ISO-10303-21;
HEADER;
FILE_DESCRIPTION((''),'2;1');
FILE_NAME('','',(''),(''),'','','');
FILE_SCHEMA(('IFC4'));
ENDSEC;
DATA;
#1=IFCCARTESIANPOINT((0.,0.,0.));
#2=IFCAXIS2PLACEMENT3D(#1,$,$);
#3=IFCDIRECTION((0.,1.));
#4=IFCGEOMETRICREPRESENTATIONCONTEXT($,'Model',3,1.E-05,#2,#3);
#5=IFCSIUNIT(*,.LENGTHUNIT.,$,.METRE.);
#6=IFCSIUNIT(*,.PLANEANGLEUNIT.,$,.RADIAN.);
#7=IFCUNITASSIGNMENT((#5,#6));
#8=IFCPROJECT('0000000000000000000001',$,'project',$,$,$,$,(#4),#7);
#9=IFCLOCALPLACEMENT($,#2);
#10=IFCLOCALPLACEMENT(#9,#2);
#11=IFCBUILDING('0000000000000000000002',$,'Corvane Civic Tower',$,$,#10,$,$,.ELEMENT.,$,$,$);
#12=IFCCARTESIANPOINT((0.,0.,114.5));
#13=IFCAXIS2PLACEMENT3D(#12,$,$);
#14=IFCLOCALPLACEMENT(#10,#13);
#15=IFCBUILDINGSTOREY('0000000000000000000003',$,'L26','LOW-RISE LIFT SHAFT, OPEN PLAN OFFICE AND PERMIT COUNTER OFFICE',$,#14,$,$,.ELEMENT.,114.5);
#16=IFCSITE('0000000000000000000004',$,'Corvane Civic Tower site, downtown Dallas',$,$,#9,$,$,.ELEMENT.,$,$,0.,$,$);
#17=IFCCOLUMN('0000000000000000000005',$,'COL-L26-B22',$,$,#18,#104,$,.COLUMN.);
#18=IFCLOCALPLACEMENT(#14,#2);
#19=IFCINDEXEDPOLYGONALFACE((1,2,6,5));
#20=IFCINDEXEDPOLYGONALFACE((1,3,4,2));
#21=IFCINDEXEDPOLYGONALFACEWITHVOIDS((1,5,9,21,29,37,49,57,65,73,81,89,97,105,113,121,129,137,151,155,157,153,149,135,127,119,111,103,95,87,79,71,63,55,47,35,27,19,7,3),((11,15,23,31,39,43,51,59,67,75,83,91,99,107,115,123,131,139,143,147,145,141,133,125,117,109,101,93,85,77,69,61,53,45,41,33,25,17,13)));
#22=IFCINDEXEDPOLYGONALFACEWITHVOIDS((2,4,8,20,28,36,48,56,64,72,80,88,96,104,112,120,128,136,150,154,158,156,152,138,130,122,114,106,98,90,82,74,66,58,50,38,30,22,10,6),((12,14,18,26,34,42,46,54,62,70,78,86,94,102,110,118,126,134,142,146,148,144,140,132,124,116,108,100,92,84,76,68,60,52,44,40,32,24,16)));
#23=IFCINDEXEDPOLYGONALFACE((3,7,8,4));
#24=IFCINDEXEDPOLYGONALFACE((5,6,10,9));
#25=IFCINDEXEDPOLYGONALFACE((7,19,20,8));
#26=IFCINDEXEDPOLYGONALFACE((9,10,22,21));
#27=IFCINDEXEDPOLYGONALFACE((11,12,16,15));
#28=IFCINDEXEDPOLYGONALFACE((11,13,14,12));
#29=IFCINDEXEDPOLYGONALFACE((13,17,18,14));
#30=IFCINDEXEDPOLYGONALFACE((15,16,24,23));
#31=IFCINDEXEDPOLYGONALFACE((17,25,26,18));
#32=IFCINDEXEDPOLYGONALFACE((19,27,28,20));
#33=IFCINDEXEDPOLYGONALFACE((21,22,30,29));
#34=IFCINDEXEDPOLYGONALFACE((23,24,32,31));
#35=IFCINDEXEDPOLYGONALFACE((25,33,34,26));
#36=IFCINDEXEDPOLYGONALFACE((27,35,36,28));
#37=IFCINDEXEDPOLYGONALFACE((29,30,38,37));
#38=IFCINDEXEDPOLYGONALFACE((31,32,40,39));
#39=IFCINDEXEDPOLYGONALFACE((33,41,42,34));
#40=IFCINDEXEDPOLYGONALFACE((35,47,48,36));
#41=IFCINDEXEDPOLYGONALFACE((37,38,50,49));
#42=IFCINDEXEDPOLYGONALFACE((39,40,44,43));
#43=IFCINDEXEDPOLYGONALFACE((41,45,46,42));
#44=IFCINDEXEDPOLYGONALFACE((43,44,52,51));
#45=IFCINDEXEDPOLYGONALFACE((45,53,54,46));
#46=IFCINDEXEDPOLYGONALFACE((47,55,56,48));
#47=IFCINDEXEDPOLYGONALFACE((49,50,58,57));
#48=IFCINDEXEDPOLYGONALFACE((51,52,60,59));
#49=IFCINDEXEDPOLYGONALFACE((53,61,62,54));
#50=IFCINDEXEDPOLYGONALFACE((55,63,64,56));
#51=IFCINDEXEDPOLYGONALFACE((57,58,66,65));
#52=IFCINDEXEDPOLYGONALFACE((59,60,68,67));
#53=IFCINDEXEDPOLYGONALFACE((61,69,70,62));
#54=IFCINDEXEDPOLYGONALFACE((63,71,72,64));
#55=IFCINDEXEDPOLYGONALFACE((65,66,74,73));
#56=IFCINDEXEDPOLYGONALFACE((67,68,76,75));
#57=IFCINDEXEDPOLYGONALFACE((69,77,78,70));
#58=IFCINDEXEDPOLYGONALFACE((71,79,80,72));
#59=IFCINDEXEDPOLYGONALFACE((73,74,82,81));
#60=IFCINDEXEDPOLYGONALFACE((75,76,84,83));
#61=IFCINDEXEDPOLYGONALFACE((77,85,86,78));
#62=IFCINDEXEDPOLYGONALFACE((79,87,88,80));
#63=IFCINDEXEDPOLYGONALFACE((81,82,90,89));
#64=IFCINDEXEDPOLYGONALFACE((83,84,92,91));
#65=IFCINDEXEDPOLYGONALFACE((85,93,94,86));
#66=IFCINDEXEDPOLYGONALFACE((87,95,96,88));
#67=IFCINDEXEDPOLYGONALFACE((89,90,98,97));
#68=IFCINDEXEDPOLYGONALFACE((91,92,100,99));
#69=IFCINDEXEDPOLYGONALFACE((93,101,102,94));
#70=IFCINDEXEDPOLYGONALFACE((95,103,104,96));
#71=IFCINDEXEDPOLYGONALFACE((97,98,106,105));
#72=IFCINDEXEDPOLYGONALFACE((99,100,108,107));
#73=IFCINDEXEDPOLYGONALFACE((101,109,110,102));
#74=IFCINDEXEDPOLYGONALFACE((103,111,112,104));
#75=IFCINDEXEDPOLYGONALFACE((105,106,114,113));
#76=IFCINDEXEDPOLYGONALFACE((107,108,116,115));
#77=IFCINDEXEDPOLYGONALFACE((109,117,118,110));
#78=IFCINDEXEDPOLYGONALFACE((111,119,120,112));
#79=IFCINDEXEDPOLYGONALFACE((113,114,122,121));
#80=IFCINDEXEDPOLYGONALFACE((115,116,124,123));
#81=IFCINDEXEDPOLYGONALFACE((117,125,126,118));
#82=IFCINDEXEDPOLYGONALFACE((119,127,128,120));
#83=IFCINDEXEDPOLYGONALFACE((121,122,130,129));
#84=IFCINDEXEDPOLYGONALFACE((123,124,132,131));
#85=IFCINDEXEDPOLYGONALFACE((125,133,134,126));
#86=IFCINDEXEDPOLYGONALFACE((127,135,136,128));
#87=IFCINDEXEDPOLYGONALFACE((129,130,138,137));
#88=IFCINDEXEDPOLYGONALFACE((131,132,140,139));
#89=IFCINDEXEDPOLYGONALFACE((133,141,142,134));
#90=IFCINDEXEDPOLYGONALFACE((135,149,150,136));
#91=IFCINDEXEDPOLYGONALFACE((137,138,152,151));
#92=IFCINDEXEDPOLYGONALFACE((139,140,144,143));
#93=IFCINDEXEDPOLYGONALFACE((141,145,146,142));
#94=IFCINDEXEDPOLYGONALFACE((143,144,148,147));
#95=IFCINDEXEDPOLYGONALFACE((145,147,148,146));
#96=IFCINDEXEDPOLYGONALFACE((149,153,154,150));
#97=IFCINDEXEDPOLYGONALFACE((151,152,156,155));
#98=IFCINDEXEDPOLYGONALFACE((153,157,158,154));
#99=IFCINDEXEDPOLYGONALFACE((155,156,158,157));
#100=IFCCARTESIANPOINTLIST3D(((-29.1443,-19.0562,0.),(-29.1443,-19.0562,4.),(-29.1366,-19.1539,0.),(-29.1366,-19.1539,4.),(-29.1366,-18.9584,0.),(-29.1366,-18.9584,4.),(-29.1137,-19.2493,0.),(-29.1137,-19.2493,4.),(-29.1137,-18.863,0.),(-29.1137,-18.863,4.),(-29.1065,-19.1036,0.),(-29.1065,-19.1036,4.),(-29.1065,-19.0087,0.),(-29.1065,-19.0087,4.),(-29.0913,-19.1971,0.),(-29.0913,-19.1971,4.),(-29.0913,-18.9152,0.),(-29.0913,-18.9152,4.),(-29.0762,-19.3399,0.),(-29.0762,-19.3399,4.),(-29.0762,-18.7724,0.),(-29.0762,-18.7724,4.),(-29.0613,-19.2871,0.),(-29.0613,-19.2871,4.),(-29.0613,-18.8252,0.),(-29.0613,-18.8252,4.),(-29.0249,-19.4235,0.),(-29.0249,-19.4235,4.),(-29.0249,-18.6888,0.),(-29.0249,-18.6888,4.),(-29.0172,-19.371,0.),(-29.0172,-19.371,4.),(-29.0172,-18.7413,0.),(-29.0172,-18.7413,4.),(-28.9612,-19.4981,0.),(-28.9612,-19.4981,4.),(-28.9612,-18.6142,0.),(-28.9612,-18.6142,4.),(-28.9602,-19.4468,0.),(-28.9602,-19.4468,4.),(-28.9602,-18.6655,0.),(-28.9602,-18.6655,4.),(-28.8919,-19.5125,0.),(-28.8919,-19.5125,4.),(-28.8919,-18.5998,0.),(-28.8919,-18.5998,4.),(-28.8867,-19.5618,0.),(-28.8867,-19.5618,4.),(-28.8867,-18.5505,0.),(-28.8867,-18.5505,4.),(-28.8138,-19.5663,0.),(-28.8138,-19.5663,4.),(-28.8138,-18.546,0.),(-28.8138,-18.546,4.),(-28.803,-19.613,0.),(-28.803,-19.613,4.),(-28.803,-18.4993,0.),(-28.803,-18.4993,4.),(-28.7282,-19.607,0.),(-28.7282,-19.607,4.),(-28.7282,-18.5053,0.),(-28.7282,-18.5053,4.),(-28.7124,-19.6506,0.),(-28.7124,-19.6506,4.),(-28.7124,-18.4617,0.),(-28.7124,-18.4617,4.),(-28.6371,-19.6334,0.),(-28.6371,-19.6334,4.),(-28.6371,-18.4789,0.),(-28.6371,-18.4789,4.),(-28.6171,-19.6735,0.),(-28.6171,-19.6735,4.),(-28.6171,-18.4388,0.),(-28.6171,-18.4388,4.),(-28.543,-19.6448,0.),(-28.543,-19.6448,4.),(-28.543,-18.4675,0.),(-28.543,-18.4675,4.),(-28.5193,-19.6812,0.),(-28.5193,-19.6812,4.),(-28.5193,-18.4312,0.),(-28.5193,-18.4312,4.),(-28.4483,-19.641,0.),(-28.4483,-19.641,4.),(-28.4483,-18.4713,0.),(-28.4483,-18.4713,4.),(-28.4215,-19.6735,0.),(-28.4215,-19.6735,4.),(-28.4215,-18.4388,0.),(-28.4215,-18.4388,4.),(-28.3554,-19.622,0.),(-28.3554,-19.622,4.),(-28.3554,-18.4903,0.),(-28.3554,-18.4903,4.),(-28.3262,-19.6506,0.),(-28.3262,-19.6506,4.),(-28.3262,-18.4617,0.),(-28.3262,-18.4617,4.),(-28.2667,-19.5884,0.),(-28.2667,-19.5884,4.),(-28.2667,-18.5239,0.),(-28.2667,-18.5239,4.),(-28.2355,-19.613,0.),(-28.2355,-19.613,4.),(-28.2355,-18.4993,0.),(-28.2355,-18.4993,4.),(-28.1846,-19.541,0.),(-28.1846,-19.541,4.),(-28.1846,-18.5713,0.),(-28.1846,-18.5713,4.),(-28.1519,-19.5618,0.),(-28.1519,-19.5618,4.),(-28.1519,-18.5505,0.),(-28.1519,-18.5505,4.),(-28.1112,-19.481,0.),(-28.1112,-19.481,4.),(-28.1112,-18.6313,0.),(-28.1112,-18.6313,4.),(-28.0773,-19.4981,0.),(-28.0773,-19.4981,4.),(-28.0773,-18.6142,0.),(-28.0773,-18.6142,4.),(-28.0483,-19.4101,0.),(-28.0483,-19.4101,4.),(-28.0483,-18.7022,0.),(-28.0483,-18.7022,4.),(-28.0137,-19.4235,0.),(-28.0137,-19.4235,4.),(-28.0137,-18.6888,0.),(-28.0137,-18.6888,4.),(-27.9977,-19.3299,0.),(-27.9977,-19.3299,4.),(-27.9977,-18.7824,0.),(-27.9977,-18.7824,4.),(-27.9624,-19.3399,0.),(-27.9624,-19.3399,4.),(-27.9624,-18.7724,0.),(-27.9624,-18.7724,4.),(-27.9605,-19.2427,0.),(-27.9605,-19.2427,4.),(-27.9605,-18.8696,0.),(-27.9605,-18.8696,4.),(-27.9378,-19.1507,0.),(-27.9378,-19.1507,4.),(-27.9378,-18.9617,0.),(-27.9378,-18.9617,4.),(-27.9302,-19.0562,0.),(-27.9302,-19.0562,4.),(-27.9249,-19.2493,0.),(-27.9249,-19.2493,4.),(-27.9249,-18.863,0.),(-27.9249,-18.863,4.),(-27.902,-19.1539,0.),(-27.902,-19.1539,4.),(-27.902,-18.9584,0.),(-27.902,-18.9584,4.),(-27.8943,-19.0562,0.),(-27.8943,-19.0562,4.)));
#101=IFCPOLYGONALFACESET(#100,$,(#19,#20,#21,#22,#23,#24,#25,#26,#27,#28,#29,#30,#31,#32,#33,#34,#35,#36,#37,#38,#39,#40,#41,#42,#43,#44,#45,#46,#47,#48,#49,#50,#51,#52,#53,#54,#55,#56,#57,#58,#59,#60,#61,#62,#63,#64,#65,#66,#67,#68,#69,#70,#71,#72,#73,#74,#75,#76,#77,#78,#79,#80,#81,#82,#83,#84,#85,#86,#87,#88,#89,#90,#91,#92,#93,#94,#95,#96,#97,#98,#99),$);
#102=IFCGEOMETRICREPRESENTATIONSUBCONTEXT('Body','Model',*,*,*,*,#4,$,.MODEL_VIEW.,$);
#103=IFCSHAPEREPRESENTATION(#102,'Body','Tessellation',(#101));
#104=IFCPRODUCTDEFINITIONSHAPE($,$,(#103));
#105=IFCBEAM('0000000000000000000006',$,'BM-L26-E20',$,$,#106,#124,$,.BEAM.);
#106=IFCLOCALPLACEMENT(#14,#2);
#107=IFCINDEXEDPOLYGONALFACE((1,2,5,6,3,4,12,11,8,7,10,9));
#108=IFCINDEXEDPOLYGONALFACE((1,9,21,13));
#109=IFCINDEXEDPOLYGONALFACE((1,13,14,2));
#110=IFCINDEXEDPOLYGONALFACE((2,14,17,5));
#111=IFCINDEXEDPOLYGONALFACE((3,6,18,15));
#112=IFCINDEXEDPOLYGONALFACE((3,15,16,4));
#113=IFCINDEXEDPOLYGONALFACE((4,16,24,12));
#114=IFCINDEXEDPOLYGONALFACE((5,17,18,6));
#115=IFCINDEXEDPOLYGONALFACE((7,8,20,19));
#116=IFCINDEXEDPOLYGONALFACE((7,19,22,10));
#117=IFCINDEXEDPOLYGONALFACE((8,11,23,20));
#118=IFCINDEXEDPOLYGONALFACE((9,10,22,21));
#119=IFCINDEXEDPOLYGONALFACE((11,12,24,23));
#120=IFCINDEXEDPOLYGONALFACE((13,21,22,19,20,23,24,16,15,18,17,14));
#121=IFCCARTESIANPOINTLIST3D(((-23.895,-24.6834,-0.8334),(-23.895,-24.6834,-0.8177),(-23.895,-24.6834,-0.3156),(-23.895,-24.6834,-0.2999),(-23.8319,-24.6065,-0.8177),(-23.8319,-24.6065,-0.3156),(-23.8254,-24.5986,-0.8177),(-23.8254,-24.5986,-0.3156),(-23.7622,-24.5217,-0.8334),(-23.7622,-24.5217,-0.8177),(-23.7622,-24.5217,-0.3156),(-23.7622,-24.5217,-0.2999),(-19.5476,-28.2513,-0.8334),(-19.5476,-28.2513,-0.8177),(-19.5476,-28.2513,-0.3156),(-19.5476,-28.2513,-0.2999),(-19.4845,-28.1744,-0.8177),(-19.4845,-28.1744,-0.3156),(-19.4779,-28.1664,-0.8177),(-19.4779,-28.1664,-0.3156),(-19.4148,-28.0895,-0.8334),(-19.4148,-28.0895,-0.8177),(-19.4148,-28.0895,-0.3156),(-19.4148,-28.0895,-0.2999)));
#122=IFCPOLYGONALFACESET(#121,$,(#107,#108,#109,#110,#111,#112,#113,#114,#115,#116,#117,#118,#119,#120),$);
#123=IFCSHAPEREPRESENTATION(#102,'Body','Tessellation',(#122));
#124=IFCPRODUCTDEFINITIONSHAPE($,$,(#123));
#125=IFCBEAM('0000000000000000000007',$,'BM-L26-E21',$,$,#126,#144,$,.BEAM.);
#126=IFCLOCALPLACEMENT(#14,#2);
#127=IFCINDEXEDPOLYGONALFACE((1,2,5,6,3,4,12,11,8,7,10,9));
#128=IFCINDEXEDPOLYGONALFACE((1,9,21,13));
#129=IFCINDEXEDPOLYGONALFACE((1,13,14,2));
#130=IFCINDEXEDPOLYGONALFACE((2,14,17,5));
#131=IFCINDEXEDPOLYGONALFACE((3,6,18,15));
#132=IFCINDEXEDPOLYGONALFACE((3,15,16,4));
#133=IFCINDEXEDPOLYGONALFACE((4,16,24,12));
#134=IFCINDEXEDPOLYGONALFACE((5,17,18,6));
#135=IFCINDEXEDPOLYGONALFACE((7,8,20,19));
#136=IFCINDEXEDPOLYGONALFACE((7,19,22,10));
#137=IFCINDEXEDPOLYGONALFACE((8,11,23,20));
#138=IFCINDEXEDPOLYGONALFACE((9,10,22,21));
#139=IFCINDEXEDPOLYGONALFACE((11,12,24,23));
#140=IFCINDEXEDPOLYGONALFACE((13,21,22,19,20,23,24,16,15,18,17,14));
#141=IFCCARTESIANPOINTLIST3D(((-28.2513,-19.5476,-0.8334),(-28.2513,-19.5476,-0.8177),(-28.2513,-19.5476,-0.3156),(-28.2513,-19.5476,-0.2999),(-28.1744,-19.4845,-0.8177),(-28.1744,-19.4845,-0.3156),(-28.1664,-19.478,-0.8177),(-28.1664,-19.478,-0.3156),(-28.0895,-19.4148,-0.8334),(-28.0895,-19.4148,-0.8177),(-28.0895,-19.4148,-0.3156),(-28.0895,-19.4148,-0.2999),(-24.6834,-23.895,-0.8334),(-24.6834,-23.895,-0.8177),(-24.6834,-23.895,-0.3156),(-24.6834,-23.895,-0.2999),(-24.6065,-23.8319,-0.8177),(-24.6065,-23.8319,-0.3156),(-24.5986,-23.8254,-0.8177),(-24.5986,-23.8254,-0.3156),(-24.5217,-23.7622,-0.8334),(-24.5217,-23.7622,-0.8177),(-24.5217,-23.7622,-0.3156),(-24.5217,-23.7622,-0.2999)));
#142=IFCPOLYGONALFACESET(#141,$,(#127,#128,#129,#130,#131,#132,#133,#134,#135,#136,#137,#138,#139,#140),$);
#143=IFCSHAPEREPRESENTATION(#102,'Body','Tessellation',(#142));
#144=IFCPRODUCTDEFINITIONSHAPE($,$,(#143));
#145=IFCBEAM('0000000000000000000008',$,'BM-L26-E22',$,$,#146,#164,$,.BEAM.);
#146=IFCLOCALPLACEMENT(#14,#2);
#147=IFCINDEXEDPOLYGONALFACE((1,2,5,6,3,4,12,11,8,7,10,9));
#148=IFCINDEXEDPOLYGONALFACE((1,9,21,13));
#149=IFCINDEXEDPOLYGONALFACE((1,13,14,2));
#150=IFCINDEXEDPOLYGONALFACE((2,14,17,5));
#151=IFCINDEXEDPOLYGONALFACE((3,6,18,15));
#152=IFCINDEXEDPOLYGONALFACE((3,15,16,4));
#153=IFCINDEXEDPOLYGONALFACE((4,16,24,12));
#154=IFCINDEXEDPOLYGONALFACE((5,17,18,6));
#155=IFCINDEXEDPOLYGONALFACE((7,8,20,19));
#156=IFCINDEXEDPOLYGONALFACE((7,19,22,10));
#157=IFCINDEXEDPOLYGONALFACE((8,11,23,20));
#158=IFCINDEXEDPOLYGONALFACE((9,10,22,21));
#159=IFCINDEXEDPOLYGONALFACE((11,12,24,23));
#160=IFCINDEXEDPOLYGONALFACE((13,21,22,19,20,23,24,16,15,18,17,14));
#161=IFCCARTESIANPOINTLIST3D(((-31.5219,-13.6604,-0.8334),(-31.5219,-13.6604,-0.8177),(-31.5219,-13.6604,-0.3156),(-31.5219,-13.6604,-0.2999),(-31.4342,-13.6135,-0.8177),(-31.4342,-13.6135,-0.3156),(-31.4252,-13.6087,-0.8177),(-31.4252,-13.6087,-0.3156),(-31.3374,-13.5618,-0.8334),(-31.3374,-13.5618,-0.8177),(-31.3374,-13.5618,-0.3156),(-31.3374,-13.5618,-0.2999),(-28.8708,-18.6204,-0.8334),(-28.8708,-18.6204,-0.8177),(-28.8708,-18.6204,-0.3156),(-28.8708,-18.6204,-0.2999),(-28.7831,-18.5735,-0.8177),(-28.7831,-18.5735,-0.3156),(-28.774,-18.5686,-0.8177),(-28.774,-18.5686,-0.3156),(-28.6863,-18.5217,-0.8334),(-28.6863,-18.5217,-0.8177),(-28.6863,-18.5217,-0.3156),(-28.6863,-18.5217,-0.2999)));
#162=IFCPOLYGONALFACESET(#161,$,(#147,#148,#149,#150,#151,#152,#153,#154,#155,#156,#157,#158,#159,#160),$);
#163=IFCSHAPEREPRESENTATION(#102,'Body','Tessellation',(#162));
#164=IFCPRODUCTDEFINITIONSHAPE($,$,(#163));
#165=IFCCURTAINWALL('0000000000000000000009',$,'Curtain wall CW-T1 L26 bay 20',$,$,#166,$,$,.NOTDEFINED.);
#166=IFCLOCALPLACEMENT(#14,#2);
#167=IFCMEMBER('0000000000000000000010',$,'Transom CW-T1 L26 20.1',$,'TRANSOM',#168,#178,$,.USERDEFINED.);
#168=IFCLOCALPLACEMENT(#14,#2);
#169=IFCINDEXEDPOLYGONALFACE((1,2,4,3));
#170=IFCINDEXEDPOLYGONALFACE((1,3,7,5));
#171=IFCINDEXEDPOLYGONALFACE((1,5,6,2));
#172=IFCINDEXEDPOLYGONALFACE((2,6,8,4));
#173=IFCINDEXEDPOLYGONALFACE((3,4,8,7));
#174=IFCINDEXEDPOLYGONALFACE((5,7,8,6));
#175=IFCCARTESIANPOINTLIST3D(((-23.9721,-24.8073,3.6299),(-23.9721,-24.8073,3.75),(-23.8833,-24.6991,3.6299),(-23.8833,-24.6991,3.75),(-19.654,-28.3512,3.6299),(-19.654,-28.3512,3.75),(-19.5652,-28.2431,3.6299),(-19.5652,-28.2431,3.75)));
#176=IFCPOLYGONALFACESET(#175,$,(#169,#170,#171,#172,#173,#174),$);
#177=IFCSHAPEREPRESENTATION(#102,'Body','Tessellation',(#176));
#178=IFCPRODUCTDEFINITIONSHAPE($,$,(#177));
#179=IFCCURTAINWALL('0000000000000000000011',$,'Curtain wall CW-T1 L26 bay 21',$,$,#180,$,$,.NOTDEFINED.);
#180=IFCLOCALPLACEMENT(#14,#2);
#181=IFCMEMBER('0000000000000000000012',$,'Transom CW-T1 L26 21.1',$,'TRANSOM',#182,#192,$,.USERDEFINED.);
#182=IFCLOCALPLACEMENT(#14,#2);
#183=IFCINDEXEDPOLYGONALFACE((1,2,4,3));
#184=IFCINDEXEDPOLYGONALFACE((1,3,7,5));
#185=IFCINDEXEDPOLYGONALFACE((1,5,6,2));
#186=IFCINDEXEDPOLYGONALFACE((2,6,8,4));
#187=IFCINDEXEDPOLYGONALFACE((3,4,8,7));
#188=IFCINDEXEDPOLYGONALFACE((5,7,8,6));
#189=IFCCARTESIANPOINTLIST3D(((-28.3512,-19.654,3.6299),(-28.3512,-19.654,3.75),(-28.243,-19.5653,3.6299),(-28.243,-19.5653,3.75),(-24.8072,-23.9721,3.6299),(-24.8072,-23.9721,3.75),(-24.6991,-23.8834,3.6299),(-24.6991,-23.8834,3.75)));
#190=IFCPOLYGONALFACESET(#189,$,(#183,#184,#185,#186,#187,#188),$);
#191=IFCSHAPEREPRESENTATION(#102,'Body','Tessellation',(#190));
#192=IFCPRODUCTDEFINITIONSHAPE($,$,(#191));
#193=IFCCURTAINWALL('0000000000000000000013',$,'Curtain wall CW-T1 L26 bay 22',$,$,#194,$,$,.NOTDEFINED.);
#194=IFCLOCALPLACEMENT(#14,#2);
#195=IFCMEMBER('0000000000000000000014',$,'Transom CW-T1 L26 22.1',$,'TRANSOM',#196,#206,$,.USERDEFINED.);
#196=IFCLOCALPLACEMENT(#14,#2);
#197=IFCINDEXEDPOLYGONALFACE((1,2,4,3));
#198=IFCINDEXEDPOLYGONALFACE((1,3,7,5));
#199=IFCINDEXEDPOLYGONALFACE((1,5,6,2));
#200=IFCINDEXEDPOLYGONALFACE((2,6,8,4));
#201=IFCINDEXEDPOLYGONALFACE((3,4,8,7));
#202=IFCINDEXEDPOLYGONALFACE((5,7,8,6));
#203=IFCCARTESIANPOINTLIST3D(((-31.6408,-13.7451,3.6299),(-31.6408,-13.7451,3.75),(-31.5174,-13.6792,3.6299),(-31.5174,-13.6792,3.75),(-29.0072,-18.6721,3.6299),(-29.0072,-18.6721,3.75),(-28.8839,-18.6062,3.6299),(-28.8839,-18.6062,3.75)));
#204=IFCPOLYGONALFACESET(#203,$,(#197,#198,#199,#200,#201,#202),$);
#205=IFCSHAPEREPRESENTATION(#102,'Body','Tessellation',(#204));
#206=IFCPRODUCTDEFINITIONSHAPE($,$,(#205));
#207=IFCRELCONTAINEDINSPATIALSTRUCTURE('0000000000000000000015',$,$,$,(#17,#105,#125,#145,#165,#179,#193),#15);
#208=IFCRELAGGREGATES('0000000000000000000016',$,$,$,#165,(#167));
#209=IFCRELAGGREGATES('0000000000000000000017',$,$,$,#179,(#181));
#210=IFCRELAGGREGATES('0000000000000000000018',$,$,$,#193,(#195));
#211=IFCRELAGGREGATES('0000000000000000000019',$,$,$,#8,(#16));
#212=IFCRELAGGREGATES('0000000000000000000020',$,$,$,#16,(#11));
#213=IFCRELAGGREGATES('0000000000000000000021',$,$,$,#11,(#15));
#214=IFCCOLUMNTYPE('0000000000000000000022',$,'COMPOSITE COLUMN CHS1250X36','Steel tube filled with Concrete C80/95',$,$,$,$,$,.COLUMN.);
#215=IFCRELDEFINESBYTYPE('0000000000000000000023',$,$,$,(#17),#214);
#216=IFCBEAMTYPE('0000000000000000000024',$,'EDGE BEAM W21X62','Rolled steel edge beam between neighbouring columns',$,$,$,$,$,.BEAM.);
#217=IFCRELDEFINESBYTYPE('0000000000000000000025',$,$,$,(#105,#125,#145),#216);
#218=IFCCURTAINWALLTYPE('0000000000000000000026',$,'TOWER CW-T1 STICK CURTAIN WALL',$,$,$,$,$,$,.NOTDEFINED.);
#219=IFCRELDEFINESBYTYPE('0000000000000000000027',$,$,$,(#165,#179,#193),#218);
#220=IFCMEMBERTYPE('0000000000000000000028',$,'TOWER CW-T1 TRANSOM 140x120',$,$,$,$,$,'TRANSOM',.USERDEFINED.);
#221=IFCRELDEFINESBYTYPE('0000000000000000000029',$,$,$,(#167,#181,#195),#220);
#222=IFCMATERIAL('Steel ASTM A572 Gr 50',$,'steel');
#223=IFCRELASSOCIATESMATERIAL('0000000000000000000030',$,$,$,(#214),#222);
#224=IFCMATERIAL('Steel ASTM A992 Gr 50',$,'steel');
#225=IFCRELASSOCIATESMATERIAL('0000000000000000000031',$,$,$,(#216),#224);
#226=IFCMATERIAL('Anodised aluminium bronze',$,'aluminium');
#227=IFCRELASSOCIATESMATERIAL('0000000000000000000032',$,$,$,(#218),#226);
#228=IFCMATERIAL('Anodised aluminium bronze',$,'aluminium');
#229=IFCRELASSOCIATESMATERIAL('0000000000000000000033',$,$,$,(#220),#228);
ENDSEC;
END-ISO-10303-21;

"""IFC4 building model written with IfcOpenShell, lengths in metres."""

from ifc_helpers import new_model, si_unit, direction, frame, origin, origin_2d, place, context, subcontext, project, spatial, rectangle, hollow_circle, i_section, extrude, material, material_profile, profile_set, type_object, element, aggregate, save


model = new_model("IFC4")

# Units and contexts
model_context = context("Model", 3, precision=1e-05, world=origin(), true_north=direction((0.0, 1.0)))
body_context = subcontext(model_context, "Body", "Model", "MODEL_VIEW")
ifc_project = project(units=[si_unit("LENGTHUNIT", "METRE"), si_unit("PLANEANGLEUNIT", "RADIAN")], contexts=[model_context])

# Site, building, storey
site_placement = place(None, origin())
site = spatial("IfcSite", under=ifc_project, at=site_placement, Name="Corvane Civic Tower site, downtown Dallas", CompositionType="ELEMENT", RefElevation=0.0)
building_placement = place(site_placement, origin())
building = spatial("IfcBuilding", under=site, at=building_placement, Name="Corvane Civic Tower", CompositionType="ELEMENT")
storey_placement = place(building_placement, frame((0.0, 0.0, 114.5)))
storey = spatial("IfcBuildingStorey", under=building, at=storey_placement, Name="L26", Description="LOW-RISE LIFT SHAFT, OPEN PLAN OFFICE AND PERMIT COUNTER OFFICE", CompositionType="ELEMENT", Elevation=114.5)

# Column
ifc_material_1 = material(Name="Steel ASTM A572 Gr 50", Category="steel")
ifc_material_profile_1 = material_profile(ifc_material_1, hollow_circle(Radius=0.625, WallThickness=0.0359, at=origin_2d()), Name="CHS1250X36")
ifc_profile_set_1 = profile_set([ifc_material_profile_1], Name="Steel ASTM A572 Gr 50")
column_type = type_object("IfcColumnType", Name="COMPOSITE COLUMN CHS1250X36", Description="Steel tube filled with Concrete C80/95", PredefinedType="COLUMN", material=ifc_profile_set_1)
for number, where, z_axis, x_axis, name in (
    (1, (-28.5193, -19.0562, 0.0), (0.0, 0.0, 1.0), (1.0, 0.0, 0.0), "COL-L26-B22"),
):
    element("IfcColumn", number, at=place(storey_placement, frame(where, z_axis=z_axis, x_axis=x_axis)), inside=storey, type_object=column_type, Name=name, PredefinedType="COLUMN", context=body_context, shape_type="SweptSolid", body=[
        extrude(hollow_circle(Radius=0.625, WallThickness=0.0359, at=origin_2d()), origin(), (0.0, 0.0, 1.0), 4.0),
    ])

# Beams
ifc_material_2 = material(Name="Steel ASTM A992 Gr 50", Category="steel")
ifc_material_profile_2 = material_profile(ifc_material_2, i_section(OverallWidth=0.2092, OverallDepth=0.5334, WebThickness=0.0103, FlangeThickness=0.0156, at=origin_2d()), Name="W21X62")
ifc_profile_set_2 = profile_set([ifc_material_profile_2], Name="Steel ASTM A992 Gr 50")
beam_type = type_object("IfcBeamType", Name="EDGE BEAM W21X62", Description="Rolled steel edge beam between neighbouring columns", PredefinedType="BEAM", material=ifc_profile_set_2)
for number, where, z_axis, x_axis, name in (
    (2, (-19.4812, -28.1704, -0.5667), (-0.773007, 0.634398, 0.0), (-0.634398, -0.773007, 0.0), "BM-L26-E20"),
    (3, (-24.6025, -23.8286, -0.5667), (-0.634398, 0.773007, 0.0), (-0.773007, -0.634398, 0.0), "BM-L26-E21"),
    (4, (-28.7786, -18.571, -0.5667), (-0.471392, 0.881924, 0.0), (-0.881924, -0.471392, 0.0), "BM-L26-E22"),
):
    element("IfcBeam", number, at=place(storey_placement, frame(where, z_axis=z_axis, x_axis=x_axis)), inside=storey, type_object=beam_type, Name=name, PredefinedType="BEAM", context=body_context, shape_type="SweptSolid", body=[
        extrude(i_section(OverallWidth=0.2092, OverallDepth=0.5334, WebThickness=0.0103, FlangeThickness=0.0156, at=origin_2d()), origin(), (0.0, 0.0, 1.0), 5.624),
    ])

# Curtain walls, members
ifc_material_3 = material(Name="Anodised aluminium bronze", Category="aluminium")
curtain_wall_type = type_object("IfcCurtainWallType", Name="TOWER CW-T1 STICK CURTAIN WALL", PredefinedType="NOTDEFINED", material=ifc_material_3)
curtain_wall_1_placement = place(storey_placement, origin())
curtain_wall_1 = element("IfcCurtainWall", 5, at=curtain_wall_1_placement, inside=storey, type_object=curtain_wall_type, Name="Curtain wall CW-T1 L26 bay 20", PredefinedType="NOTDEFINED")
ifc_material_4 = material(Name="Anodised aluminium bronze", Category="aluminium")
ifc_material_profile_3 = material_profile(ifc_material_4, rectangle(XDim=0.1399, YDim=0.1201, at=origin_2d()), Name="TOWER CW-T1 TRANSOM 140x120")
ifc_profile_set_3 = profile_set([ifc_material_profile_3], Name="Anodised aluminium bronze")
member_type = type_object("IfcMemberType", Name="TOWER CW-T1 TRANSOM 140x120", ElementType="TRANSOM", PredefinedType="USERDEFINED", material=ifc_profile_set_3)
member_1_placement = place(storey_placement, frame((-19.6096, -28.2971, 3.6899), z_axis=(-0.772996, 0.63441, 0.0), x_axis=(-0.63441, -0.772996, 0.0)))
member_1 = element("IfcMember", 6, at=member_1_placement, type_object=member_type, Name="Transom CW-T1 L26 20.1", ObjectType="TRANSOM", PredefinedType="USERDEFINED", context=body_context, shape_type="SweptSolid", body=[
    extrude(rectangle(XDim=0.1399, YDim=0.1201, at=origin_2d()), origin(), (0.0, 0.0, 1.0), 5.5862),
])
curtain_wall_2_placement = place(storey_placement, origin())
curtain_wall_2 = element("IfcCurtainWall", 7, at=curtain_wall_2_placement, inside=storey, type_object=curtain_wall_type, Name="Curtain wall CW-T1 L26 bay 21", PredefinedType="NOTDEFINED")
member_2_placement = place(storey_placement, frame((-24.7532, -23.9277, 3.6899), z_axis=(-0.63441, 0.772996, 0.0), x_axis=(-0.772996, -0.63441, 0.0)))
member_2 = element("IfcMember", 8, at=member_2_placement, type_object=member_type, Name="Transom CW-T1 L26 21.1", ObjectType="TRANSOM", PredefinedType="USERDEFINED", context=body_context, shape_type="SweptSolid", body=[
    extrude(rectangle(XDim=0.1399, YDim=0.1201, at=origin_2d()), origin(), (0.0, 0.0, 1.0), 5.5862),
])
curtain_wall_3_placement = place(storey_placement, origin())
curtain_wall_3 = element("IfcCurtainWall", 9, at=curtain_wall_3_placement, inside=storey, type_object=curtain_wall_type, Name="Curtain wall CW-T1 L26 bay 22", PredefinedType="NOTDEFINED")
member_3_placement = place(storey_placement, frame((-28.9456, -18.6392, 3.6899), z_axis=(-0.471398, 0.881921, 0.0), x_axis=(-0.881921, -0.471398, 0.0)))
member_3 = element("IfcMember", 10, at=member_3_placement, type_object=member_type, Name="Transom CW-T1 L26 22.1", ObjectType="TRANSOM", PredefinedType="USERDEFINED", context=body_context, shape_type="SweptSolid", body=[
    extrude(rectangle(XDim=0.1399, YDim=0.1201, at=origin_2d()), origin(), (0.0, 0.0, 1.0), 5.5867),
])

aggregate(curtain_wall_1, [member_1])
aggregate(curtain_wall_2, [member_2])
aggregate(curtain_wall_3, [member_3])

save(model, "model.ifc")
